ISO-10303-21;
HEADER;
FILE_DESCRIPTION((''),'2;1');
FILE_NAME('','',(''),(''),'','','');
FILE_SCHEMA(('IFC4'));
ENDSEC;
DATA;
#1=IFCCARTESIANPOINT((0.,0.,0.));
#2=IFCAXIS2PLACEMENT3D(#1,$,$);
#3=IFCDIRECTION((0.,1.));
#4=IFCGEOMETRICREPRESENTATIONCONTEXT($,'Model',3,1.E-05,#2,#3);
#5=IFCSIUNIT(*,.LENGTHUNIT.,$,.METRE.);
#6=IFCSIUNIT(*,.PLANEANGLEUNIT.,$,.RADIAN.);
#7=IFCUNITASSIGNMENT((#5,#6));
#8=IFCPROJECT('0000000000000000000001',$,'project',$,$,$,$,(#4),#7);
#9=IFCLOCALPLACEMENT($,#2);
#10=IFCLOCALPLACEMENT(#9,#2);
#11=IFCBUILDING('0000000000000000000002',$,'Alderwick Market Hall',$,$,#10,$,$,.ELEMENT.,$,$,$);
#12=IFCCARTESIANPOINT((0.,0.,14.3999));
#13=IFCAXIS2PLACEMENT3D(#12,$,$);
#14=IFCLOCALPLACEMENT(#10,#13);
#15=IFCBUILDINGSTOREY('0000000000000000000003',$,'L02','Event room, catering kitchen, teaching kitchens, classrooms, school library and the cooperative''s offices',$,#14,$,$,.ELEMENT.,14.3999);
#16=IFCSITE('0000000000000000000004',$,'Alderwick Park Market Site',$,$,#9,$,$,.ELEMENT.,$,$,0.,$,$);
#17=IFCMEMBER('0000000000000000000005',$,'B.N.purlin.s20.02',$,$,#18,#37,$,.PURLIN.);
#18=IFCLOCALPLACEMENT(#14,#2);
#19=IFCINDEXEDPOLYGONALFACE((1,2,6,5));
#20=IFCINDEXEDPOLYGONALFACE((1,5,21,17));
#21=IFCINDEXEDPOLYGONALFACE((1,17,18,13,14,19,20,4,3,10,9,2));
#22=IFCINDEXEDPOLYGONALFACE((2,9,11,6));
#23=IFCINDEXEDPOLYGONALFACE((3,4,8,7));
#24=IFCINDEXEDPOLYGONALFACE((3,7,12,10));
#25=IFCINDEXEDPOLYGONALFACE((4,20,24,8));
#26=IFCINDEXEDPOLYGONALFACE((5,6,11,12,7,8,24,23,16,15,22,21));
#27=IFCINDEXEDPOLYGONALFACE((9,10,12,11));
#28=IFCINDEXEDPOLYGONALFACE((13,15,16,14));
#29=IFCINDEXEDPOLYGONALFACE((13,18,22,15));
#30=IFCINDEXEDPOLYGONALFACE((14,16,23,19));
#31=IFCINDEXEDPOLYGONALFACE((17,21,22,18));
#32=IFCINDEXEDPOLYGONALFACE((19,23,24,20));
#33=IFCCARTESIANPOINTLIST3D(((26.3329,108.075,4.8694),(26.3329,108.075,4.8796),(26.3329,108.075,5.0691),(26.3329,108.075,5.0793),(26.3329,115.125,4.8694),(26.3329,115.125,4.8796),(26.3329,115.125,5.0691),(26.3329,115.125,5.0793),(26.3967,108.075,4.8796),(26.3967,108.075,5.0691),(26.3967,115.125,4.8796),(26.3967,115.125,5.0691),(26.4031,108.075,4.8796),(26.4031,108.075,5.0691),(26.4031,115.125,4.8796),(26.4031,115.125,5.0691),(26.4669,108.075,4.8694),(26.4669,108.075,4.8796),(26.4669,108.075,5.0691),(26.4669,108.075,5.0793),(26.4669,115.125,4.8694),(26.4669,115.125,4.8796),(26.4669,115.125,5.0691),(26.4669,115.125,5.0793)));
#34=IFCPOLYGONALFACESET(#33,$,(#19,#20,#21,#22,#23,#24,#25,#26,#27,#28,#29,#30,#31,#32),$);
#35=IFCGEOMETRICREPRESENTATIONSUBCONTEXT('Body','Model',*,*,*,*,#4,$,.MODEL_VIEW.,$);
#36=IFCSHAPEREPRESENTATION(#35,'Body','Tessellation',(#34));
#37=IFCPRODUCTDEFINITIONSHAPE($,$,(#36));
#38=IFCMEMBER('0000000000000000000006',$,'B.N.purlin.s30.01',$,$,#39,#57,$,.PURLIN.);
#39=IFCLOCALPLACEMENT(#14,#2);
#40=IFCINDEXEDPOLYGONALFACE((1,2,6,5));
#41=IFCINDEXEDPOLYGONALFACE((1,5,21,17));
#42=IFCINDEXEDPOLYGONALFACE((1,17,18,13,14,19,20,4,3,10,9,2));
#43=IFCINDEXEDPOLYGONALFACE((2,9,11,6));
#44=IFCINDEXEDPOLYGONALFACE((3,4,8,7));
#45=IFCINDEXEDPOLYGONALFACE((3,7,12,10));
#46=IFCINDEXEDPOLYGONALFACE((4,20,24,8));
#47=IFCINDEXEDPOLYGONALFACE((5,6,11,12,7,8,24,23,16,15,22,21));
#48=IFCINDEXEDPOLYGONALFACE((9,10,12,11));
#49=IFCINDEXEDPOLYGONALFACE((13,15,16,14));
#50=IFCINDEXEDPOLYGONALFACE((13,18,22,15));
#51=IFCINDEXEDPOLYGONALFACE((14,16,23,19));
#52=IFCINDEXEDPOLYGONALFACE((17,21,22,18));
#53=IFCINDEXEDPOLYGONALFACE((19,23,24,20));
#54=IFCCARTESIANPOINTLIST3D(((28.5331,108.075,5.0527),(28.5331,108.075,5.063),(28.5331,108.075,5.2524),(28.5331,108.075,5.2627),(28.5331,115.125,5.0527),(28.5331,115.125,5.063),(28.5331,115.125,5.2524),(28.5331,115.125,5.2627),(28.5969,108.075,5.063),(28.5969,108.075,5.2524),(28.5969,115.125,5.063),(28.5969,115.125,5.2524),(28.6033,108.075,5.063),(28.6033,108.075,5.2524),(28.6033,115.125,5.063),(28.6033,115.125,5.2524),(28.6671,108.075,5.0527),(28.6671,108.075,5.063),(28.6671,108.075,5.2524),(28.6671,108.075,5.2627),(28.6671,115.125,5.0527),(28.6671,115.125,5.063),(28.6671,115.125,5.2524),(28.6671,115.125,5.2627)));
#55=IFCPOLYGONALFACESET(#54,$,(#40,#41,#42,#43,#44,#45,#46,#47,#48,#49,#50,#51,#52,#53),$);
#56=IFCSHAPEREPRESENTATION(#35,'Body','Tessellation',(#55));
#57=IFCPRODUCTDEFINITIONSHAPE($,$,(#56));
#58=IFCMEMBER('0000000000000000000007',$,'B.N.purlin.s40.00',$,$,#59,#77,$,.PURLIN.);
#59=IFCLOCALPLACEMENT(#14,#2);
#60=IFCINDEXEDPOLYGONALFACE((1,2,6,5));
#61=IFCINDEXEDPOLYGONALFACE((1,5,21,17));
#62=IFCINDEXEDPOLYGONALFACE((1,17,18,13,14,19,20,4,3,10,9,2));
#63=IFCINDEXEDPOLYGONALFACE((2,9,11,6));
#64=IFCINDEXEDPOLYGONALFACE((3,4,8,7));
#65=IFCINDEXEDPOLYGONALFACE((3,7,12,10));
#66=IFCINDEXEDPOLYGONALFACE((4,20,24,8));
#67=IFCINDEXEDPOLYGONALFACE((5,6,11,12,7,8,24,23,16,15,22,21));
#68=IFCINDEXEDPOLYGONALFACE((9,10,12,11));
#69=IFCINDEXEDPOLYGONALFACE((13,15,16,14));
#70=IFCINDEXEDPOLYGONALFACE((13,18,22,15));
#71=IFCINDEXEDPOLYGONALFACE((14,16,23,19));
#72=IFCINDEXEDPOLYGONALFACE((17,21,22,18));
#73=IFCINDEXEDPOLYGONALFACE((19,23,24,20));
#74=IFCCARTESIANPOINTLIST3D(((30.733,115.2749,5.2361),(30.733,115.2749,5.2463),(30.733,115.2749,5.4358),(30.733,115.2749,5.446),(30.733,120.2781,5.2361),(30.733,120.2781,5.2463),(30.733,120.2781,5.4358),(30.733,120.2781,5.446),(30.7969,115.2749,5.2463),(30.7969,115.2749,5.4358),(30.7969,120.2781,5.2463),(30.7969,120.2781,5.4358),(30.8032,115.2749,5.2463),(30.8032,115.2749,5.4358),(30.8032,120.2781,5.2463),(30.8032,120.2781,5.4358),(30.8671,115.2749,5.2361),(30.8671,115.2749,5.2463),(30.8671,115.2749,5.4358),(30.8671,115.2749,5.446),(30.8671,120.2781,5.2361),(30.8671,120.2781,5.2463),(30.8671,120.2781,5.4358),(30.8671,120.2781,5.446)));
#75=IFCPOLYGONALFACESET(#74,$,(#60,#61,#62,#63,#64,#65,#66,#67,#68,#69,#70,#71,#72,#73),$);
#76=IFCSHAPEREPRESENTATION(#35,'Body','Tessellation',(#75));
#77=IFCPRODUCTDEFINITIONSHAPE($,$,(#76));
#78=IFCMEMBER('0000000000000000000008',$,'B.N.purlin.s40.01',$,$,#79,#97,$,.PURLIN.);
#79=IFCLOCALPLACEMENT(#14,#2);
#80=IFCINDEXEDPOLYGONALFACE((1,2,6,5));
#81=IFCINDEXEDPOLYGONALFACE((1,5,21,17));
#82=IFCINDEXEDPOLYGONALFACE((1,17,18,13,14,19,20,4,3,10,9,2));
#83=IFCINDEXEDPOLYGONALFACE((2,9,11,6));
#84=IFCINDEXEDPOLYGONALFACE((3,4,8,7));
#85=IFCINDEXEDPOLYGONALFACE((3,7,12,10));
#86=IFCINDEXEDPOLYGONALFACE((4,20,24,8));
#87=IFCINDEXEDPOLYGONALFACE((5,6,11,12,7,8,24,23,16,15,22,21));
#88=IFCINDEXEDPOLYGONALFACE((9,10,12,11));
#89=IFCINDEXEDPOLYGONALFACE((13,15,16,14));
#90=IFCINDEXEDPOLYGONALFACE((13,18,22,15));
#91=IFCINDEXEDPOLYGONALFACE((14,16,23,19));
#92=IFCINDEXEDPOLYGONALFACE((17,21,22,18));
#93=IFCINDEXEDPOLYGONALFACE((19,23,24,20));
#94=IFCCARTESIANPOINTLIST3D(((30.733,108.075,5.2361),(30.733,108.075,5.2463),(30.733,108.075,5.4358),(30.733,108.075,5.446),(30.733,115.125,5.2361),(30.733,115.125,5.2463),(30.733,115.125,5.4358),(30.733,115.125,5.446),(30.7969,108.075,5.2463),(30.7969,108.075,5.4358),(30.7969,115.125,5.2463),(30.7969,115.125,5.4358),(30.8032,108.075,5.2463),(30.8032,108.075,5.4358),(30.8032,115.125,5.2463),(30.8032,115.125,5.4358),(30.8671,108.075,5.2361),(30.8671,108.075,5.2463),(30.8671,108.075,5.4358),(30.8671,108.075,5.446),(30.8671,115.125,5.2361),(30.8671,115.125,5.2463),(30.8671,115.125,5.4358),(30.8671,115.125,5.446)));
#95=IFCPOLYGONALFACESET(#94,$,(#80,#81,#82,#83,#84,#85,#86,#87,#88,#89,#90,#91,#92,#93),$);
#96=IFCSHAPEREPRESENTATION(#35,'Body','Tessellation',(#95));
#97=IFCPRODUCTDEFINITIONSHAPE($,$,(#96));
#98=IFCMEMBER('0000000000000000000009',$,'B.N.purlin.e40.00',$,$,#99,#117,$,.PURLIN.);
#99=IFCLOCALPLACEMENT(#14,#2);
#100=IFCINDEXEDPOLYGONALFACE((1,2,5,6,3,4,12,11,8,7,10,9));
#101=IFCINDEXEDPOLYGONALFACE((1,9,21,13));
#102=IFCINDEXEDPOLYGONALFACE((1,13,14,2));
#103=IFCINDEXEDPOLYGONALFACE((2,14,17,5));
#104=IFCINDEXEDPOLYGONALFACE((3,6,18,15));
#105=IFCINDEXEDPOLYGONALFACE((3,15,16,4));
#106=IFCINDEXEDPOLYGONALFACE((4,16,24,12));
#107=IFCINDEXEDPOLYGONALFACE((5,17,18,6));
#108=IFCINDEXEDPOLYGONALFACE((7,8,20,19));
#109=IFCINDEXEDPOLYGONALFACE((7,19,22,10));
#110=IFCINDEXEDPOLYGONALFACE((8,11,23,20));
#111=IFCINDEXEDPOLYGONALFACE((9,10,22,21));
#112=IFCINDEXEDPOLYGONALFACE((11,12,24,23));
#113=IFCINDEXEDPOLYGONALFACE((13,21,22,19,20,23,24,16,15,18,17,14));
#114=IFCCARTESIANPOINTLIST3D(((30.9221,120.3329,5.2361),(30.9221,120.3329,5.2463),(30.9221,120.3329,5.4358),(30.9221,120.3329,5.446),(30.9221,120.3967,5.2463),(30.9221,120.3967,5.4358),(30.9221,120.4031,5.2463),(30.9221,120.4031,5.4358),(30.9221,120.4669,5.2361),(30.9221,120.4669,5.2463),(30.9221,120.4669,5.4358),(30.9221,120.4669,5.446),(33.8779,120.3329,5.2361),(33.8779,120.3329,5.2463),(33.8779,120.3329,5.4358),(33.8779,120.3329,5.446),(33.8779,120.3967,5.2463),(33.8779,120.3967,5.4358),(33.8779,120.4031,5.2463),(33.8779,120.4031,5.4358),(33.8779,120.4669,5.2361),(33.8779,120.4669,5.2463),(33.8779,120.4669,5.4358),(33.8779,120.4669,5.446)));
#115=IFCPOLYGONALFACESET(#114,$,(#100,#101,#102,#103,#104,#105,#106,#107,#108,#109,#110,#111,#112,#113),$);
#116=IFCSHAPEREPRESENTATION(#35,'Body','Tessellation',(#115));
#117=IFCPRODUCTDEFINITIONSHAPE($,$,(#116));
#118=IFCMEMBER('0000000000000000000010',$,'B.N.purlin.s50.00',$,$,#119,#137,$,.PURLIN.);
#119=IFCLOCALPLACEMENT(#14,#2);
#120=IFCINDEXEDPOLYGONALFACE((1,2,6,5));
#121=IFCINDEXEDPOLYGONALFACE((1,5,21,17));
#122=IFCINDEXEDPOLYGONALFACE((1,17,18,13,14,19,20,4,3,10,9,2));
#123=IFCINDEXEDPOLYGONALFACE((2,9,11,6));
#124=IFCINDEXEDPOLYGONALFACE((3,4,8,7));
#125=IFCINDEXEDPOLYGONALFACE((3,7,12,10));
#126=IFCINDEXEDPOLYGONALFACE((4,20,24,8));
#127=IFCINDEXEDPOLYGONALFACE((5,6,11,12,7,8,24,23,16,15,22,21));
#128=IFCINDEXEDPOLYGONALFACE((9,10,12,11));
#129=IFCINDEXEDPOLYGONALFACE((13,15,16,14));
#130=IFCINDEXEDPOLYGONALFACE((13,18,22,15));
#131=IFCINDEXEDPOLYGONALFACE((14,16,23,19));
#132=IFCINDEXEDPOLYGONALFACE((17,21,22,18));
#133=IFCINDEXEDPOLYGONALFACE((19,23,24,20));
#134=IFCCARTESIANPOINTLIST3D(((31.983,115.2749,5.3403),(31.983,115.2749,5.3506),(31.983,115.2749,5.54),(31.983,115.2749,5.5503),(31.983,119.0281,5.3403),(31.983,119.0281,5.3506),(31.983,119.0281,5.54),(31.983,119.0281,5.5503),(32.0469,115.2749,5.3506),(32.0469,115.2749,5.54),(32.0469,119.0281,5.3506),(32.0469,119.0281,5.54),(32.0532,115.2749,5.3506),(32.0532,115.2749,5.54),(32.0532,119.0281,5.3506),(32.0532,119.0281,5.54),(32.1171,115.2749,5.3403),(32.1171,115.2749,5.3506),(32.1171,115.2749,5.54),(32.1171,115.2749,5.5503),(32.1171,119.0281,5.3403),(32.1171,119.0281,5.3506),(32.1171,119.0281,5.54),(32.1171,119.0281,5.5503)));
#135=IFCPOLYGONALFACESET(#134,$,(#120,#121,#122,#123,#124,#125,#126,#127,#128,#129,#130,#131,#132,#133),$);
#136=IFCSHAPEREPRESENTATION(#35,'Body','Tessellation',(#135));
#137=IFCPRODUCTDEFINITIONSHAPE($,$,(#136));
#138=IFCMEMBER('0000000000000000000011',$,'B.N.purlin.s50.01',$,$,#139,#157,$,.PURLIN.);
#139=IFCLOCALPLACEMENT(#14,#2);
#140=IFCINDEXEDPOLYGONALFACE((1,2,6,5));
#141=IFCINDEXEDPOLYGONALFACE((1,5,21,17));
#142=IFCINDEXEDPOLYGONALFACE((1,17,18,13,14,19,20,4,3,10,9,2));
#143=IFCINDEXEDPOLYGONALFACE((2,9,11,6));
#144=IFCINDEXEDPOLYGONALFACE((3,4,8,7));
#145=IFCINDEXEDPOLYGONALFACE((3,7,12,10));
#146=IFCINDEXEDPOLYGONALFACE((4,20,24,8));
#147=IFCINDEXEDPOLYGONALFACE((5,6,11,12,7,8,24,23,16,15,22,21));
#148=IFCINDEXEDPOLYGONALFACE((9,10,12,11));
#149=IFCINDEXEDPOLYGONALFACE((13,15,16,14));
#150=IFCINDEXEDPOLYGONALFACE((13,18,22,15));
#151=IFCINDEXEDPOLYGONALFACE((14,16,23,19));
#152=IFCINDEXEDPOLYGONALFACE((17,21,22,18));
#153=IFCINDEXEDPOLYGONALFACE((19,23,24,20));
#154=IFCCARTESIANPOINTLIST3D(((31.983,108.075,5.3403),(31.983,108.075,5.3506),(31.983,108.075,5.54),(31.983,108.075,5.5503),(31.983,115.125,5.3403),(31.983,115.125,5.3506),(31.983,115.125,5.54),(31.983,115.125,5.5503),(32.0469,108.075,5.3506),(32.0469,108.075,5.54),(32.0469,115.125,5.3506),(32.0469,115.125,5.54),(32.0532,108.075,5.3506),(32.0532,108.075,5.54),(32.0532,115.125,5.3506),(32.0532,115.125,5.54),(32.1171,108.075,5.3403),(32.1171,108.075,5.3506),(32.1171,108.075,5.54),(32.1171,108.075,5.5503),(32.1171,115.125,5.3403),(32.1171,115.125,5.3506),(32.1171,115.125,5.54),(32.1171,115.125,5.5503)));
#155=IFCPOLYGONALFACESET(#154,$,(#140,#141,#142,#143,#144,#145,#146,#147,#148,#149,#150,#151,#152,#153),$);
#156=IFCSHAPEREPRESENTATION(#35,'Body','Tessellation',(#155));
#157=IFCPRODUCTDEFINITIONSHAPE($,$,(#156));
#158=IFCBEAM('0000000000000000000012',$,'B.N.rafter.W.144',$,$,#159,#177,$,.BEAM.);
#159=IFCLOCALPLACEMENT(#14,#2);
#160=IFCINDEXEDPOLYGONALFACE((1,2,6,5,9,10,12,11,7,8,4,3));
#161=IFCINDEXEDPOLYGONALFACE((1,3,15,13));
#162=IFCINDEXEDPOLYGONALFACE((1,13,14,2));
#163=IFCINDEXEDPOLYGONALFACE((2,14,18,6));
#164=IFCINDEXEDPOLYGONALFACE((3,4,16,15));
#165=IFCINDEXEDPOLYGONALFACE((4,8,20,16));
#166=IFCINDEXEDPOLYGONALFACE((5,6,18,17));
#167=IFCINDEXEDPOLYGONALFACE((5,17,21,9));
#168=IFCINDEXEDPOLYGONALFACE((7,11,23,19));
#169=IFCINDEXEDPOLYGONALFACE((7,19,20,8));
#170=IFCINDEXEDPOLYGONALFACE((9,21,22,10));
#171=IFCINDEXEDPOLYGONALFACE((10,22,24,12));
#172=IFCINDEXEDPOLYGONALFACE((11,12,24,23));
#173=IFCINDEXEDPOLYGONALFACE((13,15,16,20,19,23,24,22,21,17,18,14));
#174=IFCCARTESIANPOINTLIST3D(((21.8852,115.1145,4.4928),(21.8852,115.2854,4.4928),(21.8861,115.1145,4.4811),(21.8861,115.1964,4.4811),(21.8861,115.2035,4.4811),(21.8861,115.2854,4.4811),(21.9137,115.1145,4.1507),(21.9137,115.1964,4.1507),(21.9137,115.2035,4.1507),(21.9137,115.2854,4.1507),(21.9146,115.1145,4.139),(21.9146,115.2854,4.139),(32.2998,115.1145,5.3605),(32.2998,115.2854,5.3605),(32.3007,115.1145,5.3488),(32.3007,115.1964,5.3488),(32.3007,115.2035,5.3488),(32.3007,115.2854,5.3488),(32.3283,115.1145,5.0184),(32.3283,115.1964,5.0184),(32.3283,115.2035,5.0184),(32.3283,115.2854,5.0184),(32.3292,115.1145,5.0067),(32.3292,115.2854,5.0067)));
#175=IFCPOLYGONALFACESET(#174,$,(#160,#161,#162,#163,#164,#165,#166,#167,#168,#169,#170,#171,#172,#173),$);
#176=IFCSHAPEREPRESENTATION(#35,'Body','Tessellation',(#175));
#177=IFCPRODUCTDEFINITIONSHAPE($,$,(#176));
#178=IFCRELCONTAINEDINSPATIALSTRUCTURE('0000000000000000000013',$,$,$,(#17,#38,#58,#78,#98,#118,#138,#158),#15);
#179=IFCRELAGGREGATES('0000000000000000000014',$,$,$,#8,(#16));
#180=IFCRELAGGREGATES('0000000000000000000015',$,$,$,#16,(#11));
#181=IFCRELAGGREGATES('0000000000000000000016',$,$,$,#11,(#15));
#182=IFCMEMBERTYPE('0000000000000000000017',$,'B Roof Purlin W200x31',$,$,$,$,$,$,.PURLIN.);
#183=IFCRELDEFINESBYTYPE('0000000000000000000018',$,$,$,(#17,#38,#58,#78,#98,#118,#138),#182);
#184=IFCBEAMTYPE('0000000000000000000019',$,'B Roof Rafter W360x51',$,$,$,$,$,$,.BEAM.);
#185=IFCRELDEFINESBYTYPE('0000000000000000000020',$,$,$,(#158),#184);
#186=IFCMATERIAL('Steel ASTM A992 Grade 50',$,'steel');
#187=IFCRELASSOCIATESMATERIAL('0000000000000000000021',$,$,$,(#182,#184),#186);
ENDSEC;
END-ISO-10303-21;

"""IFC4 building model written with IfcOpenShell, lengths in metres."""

from ifc_helpers import new_model, si_unit, direction, frame, origin, origin_2d, place, context, subcontext, project, spatial, i_section, extrude, material, material_profile, profile_set, type_object, element, save


model = new_model("IFC4")

# Units and contexts
model_context = context("Model", 3, precision=1e-05, world=origin(), true_north=direction((0.0, 1.0)))
body_context = subcontext(model_context, "Body", "Model", "MODEL_VIEW")
ifc_project = project(units=[si_unit("LENGTHUNIT", "METRE"), si_unit("PLANEANGLEUNIT", "RADIAN")], contexts=[model_context])

# Site, building, storey
site_placement = place(None, origin())
site = spatial("IfcSite", under=ifc_project, at=site_placement, Name="Alderwick Park Market Site", CompositionType="ELEMENT", RefElevation=0.0)
building_placement = place(site_placement, origin())
building = spatial("IfcBuilding", under=site, at=building_placement, Name="Alderwick Market Hall", CompositionType="ELEMENT")
storey_placement = place(building_placement, frame((0.0, 0.0, 14.3999)))
storey = spatial("IfcBuildingStorey", under=building, at=storey_placement, Name="L02", Description="Event room, catering kitchen, teaching kitchens, classrooms, school library and the cooperative's offices", CompositionType="ELEMENT", Elevation=14.3999)

# Members
ifc_material_1 = material(Name="Steel ASTM A992 Grade 50", Category="steel")
ifc_material_profile_1 = material_profile(ifc_material_1, i_section(OverallWidth=0.134, OverallDepth=0.21, WebThickness=0.0063, FlangeThickness=0.0103, at=origin_2d()), Name="W200x31")
ifc_profile_set_1 = profile_set([ifc_material_profile_1], Name="Steel ASTM A992 Grade 50")
member_type = type_object("IfcMemberType", Name="B Roof Purlin W200x31", PredefinedType="PURLIN", material=ifc_profile_set_1)
for number, where, z_axis, x_axis, name in (
    (1, (26.3999, 115.125, 4.9744), (0.0, -1.0, 0.0), (1.0, 0.0, 0.0), "B.N.purlin.s20.02"),
    (2, (28.6001, 115.125, 5.1577), (0.0, -1.0, 0.0), (1.0, 0.0, 0.0), "B.N.purlin.s30.01"),
):
    element("IfcMember", number, at=place(storey_placement, frame(where, z_axis=z_axis, x_axis=x_axis)), inside=storey, type_object=member_type, Name=name, PredefinedType="PURLIN", context=body_context, shape_type="SweptSolid", body=[
        extrude(i_section(OverallWidth=0.134, OverallDepth=0.21, WebThickness=0.0063, FlangeThickness=0.0103, at=origin_2d()), origin(), (0.0, 0.0, 1.0), 7.05),
    ])
member_1_placement = place(storey_placement, frame((30.8, 120.2781, 5.3411), z_axis=(0.0, -1.0, 0.0), x_axis=(1.0, 0.0, 0.0)))
element("IfcMember", 3, at=member_1_placement, inside=storey, type_object=member_type, Name="B.N.purlin.s40.00", PredefinedType="PURLIN", context=body_context, shape_type="SweptSolid", body=[
    extrude(i_section(OverallWidth=0.134, OverallDepth=0.21, WebThickness=0.0063, FlangeThickness=0.0103, at=origin_2d()), origin(), (0.0, 0.0, 1.0), 5.0032),
])
member_2_placement = place(storey_placement, frame((30.8, 115.125, 5.3411), z_axis=(0.0, -1.0, 0.0), x_axis=(1.0, 0.0, 0.0)))
element("IfcMember", 4, at=member_2_placement, inside=storey, type_object=member_type, Name="B.N.purlin.s40.01", PredefinedType="PURLIN", context=body_context, shape_type="SweptSolid", body=[
    extrude(i_section(OverallWidth=0.134, OverallDepth=0.21, WebThickness=0.0063, FlangeThickness=0.0103, at=origin_2d()), origin(), (0.0, 0.0, 1.0), 7.05),
])
member_3_placement = place(storey_placement, frame((30.9221, 120.3999, 5.3411), z_axis=(1.0, 0.0, 0.0), x_axis=(0.0, 1.0, 0.0)))
element("IfcMember", 5, at=member_3_placement, inside=storey, type_object=member_type, Name="B.N.purlin.e40.00", PredefinedType="PURLIN", context=body_context, shape_type="SweptSolid", body=[
    extrude(i_section(OverallWidth=0.134, OverallDepth=0.21, WebThickness=0.0063, FlangeThickness=0.0103, at=origin_2d()), origin(), (0.0, 0.0, 1.0), 2.9558),
])
member_4_placement = place(storey_placement, frame((32.05, 119.0281, 5.4453), z_axis=(0.0, -1.0, 0.0), x_axis=(1.0, 0.0, 0.0)))
element("IfcMember", 6, at=member_4_placement, inside=storey, type_object=member_type, Name="B.N.purlin.s50.00", PredefinedType="PURLIN", context=body_context, shape_type="SweptSolid", body=[
    extrude(i_section(OverallWidth=0.134, OverallDepth=0.21, WebThickness=0.0063, FlangeThickness=0.0103, at=origin_2d()), origin(), (0.0, 0.0, 1.0), 3.7532),
])
member_5_placement = place(storey_placement, frame((32.05, 115.125, 5.4453), z_axis=(0.0, -1.0, 0.0), x_axis=(1.0, 0.0, 0.0)))
element("IfcMember", 7, at=member_5_placement, inside=storey, type_object=member_type, Name="B.N.purlin.s50.01", PredefinedType="PURLIN", context=body_context, shape_type="SweptSolid", body=[
    extrude(i_section(OverallWidth=0.134, OverallDepth=0.21, WebThickness=0.0063, FlangeThickness=0.0103, at=origin_2d()), origin(), (0.0, 0.0, 1.0), 7.05),
])

# Beam
ifc_material_profile_2 = material_profile(ifc_material_1, i_section(OverallWidth=0.1709, OverallDepth=0.355, WebThickness=0.0071, FlangeThickness=0.0117, at=origin_2d()), Name="W360x51")
ifc_profile_set_2 = profile_set([ifc_material_profile_2], Name="Steel ASTM A992 Grade 50")
beam_type_1 = type_object("IfcBeamType", Name="B Roof Rafter W360x51", PredefinedType="BEAM", material=ifc_profile_set_2)
beam_1_placement = place(storey_placement, frame((21.8999, 115.2, 4.3159), z_axis=(0.996547, 0.0, 0.083026), x_axis=(0.0, 1.0, 0.0)))
element("IfcBeam", 8, at=beam_1_placement, inside=storey, type_object=beam_type_1, Name="B.N.rafter.W.144", PredefinedType="BEAM", context=body_context, shape_type="SweptSolid", body=[
    extrude(i_section(OverallWidth=0.1709, OverallDepth=0.355, WebThickness=0.0071, FlangeThickness=0.0117, at=origin_2d()), origin(), (0.0, 0.0, 1.0), 10.4507),
])

save(model, "model.ifc")
